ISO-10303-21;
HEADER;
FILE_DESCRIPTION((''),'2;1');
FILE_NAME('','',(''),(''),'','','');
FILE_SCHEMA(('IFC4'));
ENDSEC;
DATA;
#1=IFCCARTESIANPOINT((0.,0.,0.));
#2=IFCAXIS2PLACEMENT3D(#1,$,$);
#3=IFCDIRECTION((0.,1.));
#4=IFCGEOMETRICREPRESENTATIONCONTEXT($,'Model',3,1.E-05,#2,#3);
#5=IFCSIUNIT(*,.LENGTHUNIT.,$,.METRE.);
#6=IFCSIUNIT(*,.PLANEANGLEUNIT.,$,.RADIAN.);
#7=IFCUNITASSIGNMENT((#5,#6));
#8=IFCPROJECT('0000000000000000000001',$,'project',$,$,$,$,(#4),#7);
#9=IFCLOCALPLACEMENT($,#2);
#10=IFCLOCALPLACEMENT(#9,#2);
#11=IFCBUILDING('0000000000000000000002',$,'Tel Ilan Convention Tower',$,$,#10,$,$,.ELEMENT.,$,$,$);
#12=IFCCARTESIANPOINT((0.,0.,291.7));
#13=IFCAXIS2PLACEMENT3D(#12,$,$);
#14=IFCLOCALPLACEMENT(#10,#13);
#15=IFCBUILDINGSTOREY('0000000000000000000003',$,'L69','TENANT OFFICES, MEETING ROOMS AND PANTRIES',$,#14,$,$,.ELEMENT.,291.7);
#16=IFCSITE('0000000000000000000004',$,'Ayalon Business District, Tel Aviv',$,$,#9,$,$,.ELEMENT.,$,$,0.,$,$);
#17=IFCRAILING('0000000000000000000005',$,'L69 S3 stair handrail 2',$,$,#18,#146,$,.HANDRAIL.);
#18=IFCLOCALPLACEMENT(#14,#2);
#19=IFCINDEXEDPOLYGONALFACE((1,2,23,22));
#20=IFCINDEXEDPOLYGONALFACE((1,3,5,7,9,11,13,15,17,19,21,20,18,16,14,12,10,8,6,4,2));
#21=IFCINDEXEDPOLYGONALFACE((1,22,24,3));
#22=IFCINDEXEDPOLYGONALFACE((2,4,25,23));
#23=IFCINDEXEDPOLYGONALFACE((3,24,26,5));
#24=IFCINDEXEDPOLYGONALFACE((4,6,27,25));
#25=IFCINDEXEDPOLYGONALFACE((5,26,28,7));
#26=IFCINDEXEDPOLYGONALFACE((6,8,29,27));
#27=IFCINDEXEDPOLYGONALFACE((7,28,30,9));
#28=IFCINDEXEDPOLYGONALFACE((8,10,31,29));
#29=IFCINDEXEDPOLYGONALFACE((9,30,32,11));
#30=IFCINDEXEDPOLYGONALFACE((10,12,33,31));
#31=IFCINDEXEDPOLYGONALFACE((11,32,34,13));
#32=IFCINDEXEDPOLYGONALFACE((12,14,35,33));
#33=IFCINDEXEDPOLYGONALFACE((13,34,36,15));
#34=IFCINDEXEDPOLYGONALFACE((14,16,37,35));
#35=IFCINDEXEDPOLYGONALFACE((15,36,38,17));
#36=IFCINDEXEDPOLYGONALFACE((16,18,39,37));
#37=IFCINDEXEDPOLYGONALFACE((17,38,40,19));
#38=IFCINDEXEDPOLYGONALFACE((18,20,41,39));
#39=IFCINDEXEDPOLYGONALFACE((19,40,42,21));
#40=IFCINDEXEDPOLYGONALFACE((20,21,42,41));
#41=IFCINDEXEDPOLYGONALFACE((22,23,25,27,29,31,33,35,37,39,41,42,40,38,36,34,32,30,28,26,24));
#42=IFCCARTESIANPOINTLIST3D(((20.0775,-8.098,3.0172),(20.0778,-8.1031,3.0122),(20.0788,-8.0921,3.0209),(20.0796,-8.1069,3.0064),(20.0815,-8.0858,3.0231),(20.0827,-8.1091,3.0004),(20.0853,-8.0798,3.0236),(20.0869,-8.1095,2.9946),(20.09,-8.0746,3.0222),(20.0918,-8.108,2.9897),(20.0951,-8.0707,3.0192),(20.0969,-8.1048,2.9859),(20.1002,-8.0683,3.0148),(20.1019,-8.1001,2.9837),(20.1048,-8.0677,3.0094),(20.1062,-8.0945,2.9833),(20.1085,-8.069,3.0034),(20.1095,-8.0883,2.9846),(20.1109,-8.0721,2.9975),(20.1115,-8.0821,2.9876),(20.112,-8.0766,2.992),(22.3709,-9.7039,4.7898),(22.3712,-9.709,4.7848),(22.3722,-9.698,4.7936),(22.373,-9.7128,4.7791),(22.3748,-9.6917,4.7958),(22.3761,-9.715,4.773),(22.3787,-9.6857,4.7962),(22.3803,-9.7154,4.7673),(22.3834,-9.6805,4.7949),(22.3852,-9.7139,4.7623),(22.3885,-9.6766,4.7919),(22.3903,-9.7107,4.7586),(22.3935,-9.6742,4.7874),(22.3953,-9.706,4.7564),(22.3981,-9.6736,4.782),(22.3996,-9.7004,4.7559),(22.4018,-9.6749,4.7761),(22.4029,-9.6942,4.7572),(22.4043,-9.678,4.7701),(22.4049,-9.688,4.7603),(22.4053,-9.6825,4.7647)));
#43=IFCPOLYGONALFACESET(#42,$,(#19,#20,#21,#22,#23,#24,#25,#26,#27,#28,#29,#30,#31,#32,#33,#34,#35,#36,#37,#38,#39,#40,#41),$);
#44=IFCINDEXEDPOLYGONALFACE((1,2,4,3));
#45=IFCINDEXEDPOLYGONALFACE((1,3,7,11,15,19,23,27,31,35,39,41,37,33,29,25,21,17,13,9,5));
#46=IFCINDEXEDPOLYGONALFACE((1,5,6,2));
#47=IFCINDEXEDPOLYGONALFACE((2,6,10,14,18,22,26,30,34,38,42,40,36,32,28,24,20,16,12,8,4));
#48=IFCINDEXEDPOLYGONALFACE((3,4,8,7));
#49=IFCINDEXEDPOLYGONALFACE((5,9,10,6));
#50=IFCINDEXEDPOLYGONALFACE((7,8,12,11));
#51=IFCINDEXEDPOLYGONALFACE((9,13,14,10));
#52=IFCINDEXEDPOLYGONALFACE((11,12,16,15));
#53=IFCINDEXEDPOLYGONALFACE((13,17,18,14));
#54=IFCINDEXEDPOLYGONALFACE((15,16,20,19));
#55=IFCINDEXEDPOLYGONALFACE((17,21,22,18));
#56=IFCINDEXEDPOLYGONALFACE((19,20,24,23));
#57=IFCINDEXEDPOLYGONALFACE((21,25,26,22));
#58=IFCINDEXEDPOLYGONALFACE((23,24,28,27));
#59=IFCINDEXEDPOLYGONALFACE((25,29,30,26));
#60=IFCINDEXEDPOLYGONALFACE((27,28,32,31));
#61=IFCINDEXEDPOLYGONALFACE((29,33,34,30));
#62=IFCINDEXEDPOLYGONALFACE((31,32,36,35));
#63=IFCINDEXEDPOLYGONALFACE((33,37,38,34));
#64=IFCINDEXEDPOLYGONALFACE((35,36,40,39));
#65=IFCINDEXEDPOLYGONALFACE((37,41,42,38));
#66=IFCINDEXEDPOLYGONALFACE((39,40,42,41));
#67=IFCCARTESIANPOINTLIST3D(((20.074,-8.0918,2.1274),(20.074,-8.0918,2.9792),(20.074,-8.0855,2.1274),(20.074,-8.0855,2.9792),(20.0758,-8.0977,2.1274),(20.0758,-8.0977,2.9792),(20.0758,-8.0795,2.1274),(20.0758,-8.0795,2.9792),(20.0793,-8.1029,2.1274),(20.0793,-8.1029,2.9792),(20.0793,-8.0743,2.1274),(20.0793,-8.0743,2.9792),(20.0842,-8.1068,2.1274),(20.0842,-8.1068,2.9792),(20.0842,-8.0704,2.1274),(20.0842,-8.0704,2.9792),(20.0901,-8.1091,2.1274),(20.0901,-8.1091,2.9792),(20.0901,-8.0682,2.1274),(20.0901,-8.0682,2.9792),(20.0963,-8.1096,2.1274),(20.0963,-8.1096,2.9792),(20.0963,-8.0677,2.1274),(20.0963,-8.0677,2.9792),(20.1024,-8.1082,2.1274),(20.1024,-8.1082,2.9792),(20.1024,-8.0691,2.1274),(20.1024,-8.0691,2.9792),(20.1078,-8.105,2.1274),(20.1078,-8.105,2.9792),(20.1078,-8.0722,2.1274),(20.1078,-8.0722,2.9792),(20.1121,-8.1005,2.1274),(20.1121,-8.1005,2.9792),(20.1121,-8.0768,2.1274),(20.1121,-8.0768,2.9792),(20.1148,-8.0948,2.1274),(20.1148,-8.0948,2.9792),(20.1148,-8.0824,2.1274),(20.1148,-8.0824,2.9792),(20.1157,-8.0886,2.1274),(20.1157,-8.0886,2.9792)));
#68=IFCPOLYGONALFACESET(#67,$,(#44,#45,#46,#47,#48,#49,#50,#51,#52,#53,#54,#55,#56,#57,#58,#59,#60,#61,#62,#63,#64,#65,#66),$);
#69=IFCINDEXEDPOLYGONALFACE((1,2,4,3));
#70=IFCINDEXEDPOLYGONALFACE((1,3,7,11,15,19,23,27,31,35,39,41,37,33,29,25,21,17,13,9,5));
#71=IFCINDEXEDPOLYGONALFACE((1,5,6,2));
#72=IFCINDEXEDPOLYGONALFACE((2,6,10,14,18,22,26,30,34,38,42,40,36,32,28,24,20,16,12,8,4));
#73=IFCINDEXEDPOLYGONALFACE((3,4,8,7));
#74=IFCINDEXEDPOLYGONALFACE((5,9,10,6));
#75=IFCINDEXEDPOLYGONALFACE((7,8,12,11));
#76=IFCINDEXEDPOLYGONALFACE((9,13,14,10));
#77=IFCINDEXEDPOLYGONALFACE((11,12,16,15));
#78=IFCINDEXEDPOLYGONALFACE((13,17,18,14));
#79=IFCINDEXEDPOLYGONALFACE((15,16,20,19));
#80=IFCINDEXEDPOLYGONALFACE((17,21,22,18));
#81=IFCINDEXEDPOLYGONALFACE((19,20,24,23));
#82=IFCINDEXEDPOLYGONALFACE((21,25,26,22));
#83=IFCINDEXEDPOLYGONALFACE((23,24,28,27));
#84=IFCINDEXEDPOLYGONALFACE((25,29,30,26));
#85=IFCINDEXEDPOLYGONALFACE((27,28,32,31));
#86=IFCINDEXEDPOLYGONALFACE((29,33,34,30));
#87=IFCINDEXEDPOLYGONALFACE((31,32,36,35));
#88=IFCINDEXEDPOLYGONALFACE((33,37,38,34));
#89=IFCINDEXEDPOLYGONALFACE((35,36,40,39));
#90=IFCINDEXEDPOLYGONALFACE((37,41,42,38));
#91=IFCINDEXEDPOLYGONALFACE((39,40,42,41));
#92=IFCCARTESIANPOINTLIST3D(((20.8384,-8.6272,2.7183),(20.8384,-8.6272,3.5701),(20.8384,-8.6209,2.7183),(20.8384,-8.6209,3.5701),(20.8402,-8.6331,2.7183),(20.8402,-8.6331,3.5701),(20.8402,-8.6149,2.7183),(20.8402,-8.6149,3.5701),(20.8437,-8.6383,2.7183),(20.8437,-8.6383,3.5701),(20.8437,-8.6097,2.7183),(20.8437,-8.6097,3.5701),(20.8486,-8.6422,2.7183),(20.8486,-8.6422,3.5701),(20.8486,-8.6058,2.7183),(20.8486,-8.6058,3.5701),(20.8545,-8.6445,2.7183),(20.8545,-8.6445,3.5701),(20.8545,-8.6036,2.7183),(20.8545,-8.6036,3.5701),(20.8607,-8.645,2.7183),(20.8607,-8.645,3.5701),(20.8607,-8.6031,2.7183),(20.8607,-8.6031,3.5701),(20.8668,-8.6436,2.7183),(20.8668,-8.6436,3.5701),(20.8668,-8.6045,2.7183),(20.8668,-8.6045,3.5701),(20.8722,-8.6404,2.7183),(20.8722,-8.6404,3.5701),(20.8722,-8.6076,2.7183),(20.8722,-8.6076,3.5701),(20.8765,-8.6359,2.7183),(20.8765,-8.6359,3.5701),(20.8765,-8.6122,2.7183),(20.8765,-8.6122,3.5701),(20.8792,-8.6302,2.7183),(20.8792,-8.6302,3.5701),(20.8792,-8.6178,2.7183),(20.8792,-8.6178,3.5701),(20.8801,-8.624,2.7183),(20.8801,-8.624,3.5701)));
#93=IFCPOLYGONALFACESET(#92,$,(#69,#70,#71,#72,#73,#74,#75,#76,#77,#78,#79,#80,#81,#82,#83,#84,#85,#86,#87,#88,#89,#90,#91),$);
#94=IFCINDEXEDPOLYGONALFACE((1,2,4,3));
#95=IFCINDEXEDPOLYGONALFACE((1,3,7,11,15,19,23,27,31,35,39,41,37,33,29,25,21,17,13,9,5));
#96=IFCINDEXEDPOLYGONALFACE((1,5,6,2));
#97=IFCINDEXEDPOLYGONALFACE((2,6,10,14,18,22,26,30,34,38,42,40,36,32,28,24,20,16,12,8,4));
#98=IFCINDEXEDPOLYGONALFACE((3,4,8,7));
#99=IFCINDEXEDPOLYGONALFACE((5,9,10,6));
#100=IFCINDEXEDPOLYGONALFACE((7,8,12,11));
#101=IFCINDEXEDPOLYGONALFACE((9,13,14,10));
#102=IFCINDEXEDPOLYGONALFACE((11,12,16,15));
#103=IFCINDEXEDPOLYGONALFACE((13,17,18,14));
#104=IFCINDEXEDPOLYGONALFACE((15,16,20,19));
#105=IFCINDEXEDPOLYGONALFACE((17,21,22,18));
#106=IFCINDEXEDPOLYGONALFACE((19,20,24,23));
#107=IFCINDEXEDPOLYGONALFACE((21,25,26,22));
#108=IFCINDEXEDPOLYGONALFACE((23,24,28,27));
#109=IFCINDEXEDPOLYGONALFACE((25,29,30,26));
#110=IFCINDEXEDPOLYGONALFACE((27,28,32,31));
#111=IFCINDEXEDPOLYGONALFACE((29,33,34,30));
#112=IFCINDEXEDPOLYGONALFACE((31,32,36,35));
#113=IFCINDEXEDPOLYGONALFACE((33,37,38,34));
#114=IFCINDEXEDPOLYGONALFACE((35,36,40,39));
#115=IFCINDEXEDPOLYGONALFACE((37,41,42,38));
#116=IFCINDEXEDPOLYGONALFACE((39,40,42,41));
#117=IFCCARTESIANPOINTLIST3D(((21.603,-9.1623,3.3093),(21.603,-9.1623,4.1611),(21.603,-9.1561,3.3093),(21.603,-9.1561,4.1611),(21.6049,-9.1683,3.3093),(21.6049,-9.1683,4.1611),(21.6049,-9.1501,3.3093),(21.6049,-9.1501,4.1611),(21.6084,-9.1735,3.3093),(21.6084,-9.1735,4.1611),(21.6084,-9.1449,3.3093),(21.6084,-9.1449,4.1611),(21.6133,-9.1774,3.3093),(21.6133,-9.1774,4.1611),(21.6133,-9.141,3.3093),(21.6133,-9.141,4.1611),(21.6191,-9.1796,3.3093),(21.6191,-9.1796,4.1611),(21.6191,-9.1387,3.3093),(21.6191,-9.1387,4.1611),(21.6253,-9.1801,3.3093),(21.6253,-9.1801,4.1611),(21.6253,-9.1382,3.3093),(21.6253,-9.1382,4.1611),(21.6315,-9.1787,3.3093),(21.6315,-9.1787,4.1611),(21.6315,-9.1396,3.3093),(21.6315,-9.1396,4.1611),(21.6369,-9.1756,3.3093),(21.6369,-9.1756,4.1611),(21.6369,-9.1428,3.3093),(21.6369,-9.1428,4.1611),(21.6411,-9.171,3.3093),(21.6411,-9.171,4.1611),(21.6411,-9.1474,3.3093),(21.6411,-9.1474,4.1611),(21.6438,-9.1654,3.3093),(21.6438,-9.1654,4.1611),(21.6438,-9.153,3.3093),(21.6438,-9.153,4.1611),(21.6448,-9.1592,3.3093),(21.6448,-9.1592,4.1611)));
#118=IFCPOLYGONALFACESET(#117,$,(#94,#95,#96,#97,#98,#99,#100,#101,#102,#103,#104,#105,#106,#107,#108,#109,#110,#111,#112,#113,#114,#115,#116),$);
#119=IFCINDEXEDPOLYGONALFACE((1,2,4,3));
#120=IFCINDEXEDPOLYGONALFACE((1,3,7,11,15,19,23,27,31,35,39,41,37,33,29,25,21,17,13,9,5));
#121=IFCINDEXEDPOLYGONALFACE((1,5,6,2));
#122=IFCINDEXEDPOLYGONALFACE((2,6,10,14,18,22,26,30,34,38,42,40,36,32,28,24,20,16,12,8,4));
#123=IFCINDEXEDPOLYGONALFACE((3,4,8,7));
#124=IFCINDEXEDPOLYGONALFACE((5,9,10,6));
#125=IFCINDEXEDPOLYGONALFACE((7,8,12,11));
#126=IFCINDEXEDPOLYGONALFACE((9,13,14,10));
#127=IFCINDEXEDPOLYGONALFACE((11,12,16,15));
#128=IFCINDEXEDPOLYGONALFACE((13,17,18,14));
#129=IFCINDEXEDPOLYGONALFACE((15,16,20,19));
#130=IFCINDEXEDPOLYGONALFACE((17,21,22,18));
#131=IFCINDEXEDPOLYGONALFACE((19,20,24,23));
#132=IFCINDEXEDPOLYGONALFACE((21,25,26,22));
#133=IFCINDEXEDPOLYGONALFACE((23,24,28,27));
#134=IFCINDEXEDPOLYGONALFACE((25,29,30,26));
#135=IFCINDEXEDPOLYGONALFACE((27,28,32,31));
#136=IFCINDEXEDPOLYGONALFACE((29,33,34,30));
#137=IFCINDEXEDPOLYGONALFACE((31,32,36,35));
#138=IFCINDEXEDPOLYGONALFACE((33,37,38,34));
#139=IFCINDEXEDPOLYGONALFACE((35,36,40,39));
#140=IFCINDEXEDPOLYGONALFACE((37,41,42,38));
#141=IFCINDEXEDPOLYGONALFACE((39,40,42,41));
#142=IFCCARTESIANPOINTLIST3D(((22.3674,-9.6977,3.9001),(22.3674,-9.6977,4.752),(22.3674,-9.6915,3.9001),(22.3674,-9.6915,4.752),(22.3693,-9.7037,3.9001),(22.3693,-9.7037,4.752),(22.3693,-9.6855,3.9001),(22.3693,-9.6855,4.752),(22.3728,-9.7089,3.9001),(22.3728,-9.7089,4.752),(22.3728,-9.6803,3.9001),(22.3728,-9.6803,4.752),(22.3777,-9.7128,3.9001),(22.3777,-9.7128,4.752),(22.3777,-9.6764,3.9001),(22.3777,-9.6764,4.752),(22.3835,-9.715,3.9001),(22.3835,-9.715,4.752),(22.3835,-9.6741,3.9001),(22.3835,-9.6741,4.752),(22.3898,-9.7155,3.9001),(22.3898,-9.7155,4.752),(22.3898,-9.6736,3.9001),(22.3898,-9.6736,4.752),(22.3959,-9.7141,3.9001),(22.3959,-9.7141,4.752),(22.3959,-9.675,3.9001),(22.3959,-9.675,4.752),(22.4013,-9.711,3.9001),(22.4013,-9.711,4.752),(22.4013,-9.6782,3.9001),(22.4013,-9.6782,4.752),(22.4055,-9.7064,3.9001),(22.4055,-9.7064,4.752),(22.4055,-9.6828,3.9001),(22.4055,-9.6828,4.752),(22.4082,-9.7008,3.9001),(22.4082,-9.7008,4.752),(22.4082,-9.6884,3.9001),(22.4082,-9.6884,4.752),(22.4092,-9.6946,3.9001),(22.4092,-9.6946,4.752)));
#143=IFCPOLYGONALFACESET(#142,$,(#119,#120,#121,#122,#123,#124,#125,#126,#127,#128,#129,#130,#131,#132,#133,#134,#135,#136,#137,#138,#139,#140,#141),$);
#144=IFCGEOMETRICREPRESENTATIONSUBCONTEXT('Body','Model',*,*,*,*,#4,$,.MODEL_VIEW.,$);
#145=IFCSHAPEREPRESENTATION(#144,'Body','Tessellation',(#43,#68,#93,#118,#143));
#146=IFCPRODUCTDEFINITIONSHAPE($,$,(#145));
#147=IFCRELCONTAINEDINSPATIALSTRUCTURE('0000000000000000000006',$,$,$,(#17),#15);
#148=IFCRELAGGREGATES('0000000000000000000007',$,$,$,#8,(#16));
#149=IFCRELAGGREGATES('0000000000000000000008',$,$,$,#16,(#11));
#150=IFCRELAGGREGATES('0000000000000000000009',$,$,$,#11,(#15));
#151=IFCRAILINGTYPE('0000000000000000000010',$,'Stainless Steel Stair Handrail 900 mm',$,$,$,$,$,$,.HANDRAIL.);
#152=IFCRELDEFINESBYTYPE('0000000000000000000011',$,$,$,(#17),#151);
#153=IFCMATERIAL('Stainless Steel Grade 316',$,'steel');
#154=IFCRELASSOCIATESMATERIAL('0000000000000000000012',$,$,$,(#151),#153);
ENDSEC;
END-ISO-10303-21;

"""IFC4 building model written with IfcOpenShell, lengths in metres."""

from ifc_helpers import new_model, si_unit, direction, frame, origin, origin_2d, place, context, subcontext, project, spatial, circle, extrude, material, type_object, element, save


model = new_model("IFC4")

# Units and contexts
model_context = context("Model", 3, precision=1e-05, world=origin(), true_north=direction((0.0, 1.0)))
body_context = subcontext(model_context, "Body", "Model", "MODEL_VIEW")
ifc_project = project(units=[si_unit("LENGTHUNIT", "METRE"), si_unit("PLANEANGLEUNIT", "RADIAN")], contexts=[model_context])

# Site, building, storey
site_placement = place(None, origin())
site = spatial("IfcSite", under=ifc_project, at=site_placement, Name="Ayalon Business District, Tel Aviv", CompositionType="ELEMENT", RefElevation=0.0)
building_placement = place(site_placement, origin())
building = spatial("IfcBuilding", under=site, at=building_placement, Name="Tel Ilan Convention Tower", CompositionType="ELEMENT")
storey_placement = place(building_placement, frame((0.0, 0.0, 291.7)))
storey = spatial("IfcBuildingStorey", under=building, at=storey_placement, Name="L69", Description="TENANT OFFICES, MEETING ROOMS AND PANTRIES", CompositionType="ELEMENT", Elevation=291.7)

# Railing
ifc_material_1 = material(Name="Stainless Steel Grade 316", Category="steel")
railing_type_1 = type_object("IfcRailingType", Name="Stainless Steel Stair Handrail 900 mm", PredefinedType="HANDRAIL", material=ifc_material_1)
railing_1_placement = place(storey_placement, frame((20.0947, -8.0886, 2.1274)))
element("IfcRailing", 1, at=railing_1_placement, inside=storey, type_object=railing_type_1, Name="L69 S3 stair handrail 2", PredefinedType="HANDRAIL", context=body_context, shape_type="SweptSolid", body=[
    extrude(circle(Radius=0.0239, at=origin_2d()), frame((0.0, 0.0, 0.876), z_axis=(0.692085, -0.484621, 0.53494), x_axis=(0.573591, 0.819142, 0.0)), (0.0, 0.0, 1.0), 3.3137),
    extrude(circle(Radius=0.021, at=origin_2d()), origin(), (0.0, 0.0, 1.0), 0.8518),
    extrude(circle(Radius=0.021, at=origin_2d()), frame((0.7644, -0.5354, 0.5908)), (0.0, 0.0, 1.0), 0.8518),
    extrude(circle(Radius=0.021, at=origin_2d()), frame((1.5291, -1.0706, 1.1819)), (0.0, 0.0, 1.0), 0.8518),
    extrude(circle(Radius=0.021, at=origin_2d()), frame((2.2935, -1.606, 1.7727)), (0.0, 0.0, 1.0), 0.8518),
])

save(model, "model.ifc")
